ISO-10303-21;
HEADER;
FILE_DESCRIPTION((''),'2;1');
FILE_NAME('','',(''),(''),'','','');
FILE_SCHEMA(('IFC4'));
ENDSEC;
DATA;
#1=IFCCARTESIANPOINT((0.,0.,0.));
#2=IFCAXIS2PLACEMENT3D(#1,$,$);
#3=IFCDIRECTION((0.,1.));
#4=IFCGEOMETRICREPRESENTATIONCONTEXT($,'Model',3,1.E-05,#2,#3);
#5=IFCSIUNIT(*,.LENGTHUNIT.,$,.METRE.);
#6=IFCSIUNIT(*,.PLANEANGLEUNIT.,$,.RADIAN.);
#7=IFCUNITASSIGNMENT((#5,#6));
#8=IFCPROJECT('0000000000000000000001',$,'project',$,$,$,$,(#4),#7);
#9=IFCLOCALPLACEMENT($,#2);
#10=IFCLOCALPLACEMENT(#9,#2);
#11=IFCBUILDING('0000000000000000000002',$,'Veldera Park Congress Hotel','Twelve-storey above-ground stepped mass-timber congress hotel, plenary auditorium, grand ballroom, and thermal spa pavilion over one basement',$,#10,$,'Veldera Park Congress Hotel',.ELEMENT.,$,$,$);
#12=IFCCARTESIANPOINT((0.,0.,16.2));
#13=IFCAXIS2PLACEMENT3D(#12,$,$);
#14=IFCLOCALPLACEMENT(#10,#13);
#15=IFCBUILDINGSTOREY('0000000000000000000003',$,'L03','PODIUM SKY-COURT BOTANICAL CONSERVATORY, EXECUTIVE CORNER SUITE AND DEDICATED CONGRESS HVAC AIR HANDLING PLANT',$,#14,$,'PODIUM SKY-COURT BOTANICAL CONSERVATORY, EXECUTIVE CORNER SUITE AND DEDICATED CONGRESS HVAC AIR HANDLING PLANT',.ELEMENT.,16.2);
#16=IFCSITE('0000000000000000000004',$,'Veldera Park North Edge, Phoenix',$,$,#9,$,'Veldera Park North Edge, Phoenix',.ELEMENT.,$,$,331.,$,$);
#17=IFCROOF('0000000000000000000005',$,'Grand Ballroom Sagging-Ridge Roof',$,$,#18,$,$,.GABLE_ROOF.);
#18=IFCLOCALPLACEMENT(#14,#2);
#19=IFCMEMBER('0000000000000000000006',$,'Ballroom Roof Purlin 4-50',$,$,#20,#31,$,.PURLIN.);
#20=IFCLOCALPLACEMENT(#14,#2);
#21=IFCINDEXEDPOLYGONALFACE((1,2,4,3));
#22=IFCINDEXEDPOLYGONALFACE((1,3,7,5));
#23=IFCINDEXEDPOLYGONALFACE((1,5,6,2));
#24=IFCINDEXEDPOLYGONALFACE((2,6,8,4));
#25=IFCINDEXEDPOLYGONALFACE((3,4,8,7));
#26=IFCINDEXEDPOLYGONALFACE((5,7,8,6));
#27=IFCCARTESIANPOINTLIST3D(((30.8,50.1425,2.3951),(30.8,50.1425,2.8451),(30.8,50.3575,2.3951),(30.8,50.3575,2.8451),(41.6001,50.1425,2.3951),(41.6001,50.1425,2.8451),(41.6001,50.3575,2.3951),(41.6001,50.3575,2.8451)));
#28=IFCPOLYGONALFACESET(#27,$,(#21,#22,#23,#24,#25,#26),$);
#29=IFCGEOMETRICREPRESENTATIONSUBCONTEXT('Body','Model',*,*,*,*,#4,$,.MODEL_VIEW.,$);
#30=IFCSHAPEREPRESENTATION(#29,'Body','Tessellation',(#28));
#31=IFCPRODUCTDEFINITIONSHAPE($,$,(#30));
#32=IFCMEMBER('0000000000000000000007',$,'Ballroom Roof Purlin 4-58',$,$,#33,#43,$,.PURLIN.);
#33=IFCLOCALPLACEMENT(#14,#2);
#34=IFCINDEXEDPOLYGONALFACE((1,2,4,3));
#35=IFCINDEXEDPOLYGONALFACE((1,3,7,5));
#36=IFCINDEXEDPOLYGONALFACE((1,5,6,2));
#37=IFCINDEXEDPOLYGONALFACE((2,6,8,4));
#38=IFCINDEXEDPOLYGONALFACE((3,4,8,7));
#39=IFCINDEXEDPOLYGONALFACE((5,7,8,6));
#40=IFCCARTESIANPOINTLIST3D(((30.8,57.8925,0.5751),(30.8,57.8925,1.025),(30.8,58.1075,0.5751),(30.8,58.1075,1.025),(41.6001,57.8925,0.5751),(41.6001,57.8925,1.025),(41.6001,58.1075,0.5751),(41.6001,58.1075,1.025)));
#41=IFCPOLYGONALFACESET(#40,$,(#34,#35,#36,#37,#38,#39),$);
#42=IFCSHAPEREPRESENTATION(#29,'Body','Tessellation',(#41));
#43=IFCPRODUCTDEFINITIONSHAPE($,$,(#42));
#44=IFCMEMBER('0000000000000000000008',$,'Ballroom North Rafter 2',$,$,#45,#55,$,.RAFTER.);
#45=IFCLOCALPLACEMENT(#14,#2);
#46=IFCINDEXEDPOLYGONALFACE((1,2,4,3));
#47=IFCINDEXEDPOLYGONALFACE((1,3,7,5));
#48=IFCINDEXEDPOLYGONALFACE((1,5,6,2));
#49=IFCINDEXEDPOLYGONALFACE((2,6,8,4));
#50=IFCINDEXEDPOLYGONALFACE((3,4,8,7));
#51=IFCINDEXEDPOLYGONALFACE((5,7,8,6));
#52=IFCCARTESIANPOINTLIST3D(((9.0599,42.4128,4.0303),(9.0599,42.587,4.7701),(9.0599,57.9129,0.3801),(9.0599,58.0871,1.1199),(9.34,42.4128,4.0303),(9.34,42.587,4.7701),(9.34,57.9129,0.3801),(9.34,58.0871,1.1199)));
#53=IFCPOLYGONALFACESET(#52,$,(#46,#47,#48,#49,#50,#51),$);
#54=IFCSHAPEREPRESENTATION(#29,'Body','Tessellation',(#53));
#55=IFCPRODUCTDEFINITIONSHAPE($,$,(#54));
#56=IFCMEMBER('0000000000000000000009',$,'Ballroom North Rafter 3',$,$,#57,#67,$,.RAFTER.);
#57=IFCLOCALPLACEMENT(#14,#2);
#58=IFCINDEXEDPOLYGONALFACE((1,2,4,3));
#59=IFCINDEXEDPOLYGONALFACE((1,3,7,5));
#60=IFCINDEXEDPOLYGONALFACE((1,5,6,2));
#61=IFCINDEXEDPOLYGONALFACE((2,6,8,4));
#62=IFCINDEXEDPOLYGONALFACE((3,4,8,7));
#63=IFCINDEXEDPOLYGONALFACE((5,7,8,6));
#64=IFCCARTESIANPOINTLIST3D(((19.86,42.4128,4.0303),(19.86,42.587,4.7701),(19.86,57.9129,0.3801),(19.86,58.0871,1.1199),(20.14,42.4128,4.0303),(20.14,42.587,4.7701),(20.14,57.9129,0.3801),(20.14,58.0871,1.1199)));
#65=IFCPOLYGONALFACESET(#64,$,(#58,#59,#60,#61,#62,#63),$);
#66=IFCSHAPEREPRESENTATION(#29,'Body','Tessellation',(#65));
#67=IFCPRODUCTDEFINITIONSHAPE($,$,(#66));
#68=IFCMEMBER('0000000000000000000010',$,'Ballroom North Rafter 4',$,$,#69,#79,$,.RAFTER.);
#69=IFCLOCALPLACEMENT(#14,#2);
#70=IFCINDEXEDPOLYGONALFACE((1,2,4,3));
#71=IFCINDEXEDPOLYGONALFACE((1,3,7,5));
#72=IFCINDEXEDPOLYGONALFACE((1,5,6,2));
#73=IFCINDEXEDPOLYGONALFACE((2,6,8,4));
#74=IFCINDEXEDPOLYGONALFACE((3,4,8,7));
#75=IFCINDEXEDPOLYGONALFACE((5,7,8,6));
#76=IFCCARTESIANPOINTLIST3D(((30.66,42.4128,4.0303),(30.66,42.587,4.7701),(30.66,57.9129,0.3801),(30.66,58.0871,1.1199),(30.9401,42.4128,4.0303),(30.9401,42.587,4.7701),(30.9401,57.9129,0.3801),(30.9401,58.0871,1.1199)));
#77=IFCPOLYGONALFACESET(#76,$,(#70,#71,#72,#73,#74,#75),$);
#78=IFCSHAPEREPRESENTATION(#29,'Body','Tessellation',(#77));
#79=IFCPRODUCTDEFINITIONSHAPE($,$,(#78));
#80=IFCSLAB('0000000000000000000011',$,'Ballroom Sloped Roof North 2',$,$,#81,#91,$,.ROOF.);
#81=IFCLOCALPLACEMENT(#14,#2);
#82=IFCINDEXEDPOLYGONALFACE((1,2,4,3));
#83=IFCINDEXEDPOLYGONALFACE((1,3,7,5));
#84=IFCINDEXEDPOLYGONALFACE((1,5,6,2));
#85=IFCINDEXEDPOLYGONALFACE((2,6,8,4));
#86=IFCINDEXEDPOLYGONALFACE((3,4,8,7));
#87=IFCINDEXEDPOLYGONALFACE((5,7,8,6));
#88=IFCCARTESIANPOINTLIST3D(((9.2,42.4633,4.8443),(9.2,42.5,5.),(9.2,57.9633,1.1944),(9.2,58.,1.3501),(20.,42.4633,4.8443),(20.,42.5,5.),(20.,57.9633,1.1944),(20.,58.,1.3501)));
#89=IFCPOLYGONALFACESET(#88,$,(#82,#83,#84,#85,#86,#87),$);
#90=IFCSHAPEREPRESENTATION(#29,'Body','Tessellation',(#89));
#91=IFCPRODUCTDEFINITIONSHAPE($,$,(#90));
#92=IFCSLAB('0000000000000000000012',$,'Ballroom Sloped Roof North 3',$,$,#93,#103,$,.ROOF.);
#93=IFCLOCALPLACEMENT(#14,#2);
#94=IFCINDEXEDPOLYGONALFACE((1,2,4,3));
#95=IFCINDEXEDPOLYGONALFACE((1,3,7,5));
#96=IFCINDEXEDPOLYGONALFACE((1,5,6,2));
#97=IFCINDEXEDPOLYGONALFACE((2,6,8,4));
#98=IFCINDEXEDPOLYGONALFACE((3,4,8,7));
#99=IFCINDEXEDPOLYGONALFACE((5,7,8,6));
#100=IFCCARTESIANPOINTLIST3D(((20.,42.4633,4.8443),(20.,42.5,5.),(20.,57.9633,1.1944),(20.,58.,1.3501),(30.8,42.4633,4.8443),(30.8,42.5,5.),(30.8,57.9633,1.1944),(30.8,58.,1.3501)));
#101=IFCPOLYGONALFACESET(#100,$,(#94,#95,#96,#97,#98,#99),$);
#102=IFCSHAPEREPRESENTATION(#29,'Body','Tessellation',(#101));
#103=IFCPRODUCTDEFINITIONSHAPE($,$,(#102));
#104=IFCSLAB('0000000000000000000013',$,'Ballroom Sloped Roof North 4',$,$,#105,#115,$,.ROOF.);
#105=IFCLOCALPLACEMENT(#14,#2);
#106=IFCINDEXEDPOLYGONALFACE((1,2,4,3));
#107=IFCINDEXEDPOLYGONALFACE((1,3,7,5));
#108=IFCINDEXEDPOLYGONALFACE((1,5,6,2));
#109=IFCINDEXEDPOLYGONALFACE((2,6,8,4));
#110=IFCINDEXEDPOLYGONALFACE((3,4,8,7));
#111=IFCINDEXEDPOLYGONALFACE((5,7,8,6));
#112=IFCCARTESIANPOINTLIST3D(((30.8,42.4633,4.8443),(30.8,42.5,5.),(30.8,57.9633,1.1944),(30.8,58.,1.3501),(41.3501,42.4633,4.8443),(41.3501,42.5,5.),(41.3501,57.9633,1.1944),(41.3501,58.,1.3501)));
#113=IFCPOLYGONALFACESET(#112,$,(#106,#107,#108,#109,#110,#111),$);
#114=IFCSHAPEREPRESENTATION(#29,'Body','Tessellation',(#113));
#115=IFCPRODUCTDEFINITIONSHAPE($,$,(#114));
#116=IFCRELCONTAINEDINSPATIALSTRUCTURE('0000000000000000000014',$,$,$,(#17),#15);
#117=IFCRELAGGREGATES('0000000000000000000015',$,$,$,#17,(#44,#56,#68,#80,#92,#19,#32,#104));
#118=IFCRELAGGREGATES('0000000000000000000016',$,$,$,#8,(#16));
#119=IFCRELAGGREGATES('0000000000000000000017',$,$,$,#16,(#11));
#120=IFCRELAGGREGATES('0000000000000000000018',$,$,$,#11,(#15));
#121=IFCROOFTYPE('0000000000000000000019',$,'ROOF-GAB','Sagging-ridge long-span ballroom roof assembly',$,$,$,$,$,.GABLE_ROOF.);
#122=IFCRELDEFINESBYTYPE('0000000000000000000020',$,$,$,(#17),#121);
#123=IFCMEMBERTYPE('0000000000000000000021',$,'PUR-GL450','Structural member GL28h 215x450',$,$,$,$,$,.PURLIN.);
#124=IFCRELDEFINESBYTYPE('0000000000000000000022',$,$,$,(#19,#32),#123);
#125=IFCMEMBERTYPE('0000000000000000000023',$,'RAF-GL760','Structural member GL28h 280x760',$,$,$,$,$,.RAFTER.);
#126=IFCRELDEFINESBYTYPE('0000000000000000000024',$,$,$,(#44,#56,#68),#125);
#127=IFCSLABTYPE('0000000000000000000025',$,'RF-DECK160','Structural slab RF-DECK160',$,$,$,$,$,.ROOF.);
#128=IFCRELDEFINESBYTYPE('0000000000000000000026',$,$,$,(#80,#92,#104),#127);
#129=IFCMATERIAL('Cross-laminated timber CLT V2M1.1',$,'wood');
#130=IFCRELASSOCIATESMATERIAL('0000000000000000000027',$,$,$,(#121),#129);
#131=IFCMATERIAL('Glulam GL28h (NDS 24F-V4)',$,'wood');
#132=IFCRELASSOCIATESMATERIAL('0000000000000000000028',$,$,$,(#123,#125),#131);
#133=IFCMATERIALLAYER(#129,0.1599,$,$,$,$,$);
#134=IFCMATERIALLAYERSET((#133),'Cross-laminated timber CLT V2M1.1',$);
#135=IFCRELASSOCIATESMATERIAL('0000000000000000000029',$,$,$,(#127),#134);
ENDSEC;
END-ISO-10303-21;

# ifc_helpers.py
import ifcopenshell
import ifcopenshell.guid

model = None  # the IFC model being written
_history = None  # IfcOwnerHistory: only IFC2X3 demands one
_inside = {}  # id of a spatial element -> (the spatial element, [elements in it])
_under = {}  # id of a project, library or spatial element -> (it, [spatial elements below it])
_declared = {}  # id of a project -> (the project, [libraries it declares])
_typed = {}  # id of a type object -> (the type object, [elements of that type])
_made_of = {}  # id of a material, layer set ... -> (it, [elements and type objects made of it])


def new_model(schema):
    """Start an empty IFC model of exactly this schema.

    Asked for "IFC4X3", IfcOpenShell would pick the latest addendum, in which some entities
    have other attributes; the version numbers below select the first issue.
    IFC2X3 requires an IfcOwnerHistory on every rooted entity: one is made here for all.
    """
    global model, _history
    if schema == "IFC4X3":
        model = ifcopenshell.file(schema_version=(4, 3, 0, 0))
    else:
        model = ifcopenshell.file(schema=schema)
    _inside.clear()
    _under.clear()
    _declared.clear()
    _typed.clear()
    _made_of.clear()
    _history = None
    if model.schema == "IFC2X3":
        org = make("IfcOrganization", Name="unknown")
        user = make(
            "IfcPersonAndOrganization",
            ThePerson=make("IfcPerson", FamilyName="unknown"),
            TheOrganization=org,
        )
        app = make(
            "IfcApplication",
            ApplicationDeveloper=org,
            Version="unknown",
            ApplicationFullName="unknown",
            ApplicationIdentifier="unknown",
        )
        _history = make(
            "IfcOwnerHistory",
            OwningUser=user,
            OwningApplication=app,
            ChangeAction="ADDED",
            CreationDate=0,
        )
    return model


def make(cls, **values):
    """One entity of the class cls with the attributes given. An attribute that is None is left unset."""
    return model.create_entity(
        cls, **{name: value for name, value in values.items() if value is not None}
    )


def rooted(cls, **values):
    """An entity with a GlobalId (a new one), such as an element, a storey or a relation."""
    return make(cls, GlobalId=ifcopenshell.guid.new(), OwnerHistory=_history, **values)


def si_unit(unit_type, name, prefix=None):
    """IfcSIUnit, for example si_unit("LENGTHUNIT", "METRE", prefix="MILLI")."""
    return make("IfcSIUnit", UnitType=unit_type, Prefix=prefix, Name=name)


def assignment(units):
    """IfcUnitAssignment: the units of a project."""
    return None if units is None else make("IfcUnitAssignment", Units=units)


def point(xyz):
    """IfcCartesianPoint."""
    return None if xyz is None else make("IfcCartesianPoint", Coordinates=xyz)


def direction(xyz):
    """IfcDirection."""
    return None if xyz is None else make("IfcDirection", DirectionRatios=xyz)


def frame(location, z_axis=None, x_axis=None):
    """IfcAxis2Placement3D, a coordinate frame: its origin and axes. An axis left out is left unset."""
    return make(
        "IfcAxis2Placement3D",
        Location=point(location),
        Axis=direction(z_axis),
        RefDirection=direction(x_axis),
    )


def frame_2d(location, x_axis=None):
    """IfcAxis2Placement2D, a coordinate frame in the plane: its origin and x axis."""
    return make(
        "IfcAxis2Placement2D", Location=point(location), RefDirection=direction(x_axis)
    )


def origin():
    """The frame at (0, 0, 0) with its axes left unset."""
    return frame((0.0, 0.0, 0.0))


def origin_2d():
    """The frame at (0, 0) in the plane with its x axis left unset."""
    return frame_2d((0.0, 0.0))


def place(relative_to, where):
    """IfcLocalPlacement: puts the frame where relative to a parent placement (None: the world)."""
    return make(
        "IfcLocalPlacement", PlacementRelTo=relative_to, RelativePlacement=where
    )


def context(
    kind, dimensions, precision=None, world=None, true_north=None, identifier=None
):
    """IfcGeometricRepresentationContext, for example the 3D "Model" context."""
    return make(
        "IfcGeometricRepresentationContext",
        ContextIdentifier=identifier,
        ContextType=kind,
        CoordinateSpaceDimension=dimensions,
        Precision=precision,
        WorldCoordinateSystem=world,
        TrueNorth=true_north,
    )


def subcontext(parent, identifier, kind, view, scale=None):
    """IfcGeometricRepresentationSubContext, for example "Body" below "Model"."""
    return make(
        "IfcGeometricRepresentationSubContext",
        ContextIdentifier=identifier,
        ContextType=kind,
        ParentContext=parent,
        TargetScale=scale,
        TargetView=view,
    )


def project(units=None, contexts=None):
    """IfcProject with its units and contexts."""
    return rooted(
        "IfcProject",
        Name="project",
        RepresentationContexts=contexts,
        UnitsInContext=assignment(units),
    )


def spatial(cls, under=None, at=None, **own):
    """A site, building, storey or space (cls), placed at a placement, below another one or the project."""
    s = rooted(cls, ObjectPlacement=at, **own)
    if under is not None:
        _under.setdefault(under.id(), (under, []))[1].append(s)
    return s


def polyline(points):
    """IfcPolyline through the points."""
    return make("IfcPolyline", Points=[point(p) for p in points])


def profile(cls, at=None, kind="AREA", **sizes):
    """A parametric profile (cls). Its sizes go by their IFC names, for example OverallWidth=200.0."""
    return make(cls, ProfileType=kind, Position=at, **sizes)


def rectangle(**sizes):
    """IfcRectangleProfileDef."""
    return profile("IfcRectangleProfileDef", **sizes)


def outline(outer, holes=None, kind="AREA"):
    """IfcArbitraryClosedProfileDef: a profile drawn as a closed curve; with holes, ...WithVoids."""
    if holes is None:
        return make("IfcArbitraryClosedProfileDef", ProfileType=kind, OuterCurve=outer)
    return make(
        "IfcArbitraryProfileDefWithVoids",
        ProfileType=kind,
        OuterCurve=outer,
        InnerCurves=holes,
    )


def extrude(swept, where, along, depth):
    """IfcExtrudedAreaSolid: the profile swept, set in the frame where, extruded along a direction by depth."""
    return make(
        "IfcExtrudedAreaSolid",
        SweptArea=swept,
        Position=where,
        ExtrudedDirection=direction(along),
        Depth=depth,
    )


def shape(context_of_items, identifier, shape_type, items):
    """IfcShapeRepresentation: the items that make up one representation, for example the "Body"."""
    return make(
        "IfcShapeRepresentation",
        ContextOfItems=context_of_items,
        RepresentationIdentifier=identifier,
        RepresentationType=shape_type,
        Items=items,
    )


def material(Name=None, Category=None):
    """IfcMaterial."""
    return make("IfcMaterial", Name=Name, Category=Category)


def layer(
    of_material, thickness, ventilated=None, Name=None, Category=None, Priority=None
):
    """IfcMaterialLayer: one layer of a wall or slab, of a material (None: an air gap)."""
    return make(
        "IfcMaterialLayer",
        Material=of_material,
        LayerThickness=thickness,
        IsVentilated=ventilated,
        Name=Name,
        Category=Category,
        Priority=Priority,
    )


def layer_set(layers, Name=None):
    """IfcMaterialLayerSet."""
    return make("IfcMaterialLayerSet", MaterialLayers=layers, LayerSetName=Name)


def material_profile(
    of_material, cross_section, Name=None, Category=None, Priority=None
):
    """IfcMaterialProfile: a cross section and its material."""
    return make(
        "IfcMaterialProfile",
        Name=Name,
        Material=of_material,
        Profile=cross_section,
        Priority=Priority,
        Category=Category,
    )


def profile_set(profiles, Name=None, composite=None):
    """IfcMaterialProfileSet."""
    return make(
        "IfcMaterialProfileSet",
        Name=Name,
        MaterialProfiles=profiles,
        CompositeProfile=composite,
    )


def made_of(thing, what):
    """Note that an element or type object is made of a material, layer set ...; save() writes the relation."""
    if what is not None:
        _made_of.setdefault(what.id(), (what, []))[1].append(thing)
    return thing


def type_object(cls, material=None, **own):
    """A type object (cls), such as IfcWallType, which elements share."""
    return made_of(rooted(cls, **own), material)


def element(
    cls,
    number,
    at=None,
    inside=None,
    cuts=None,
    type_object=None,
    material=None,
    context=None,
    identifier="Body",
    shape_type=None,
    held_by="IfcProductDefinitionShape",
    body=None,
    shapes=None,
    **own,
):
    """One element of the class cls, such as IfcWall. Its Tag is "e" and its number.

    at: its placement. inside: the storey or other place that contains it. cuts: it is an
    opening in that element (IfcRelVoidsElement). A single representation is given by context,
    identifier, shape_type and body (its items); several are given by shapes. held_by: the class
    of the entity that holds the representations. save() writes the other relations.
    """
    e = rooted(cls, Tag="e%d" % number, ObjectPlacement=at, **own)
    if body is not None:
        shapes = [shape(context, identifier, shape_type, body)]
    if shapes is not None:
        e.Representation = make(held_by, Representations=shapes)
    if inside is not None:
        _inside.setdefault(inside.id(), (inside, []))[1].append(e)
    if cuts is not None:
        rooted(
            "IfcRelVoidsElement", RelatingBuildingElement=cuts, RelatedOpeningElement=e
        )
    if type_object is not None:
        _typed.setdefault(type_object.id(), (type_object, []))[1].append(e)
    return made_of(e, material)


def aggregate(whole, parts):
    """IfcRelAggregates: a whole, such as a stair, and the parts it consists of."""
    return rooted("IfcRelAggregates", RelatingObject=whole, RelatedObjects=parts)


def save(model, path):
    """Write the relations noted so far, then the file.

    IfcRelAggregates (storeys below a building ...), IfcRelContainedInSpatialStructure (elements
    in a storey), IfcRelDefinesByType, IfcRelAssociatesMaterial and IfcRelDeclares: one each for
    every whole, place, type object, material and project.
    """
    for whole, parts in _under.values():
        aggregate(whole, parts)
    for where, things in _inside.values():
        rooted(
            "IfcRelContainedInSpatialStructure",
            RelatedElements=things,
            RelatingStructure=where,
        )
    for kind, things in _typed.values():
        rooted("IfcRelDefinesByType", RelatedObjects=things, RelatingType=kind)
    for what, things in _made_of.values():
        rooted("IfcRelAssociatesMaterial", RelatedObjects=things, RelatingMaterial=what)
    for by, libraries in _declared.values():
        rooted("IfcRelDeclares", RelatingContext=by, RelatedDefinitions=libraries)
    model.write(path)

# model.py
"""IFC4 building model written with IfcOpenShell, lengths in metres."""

from ifc_helpers import new_model, si_unit, direction, frame, origin, origin_2d, place, context, subcontext, project, spatial, polyline, rectangle, outline, extrude, material, layer, layer_set, material_profile, profile_set, type_object, element, aggregate, save


model = new_model("IFC4")

# Units and contexts
model_context = context("Model", 3, precision=1e-05, world=origin(), true_north=direction((0.0, 1.0)))
body_context = subcontext(model_context, "Body", "Model", "MODEL_VIEW")
ifc_project = project(units=[si_unit("LENGTHUNIT", "METRE"), si_unit("PLANEANGLEUNIT", "RADIAN")], contexts=[model_context])

# Site, building, storey
site_placement = place(None, origin())
site = spatial("IfcSite", under=ifc_project, at=site_placement, Name="Veldera Park North Edge, Phoenix", LongName="Veldera Park North Edge, Phoenix", CompositionType="ELEMENT", RefElevation=331.0)
building_placement = place(site_placement, origin())
building = spatial("IfcBuilding", under=site, at=building_placement, Name="Veldera Park Congress Hotel", Description="Twelve-storey above-ground stepped mass-timber congress hotel, plenary auditorium, grand ballroom, and thermal spa pavilion over one basement", LongName="Veldera Park Congress Hotel", CompositionType="ELEMENT")
storey_placement = place(building_placement, frame((0.0, 0.0, 16.2)))
storey = spatial("IfcBuildingStorey", under=building, at=storey_placement, Name="L03", Description="PODIUM SKY-COURT BOTANICAL CONSERVATORY, EXECUTIVE CORNER SUITE AND DEDICATED CONGRESS HVAC AIR HANDLING PLANT", LongName="PODIUM SKY-COURT BOTANICAL CONSERVATORY, EXECUTIVE CORNER SUITE AND DEDICATED CONGRESS HVAC AIR HANDLING PLANT", CompositionType="ELEMENT", Elevation=16.2)

# Shared definitions
ifc_material_1 = material(Name="Glulam GL28h (NDS 24F-V4)", Category="wood")

# Roof, members, slabs
ifc_material_2 = material(Name="Cross-laminated timber CLT V2M1.1", Category="wood")
roof_type = type_object("IfcRoofType", Name="ROOF-GAB", Description="Sagging-ridge long-span ballroom roof assembly", PredefinedType="GABLE_ROOF", material=ifc_material_2)
roof_placement = place(storey_placement, origin())
roof = element("IfcRoof", 1, at=roof_placement, inside=storey, type_object=roof_type, Name="Grand Ballroom Sagging-Ridge Roof", PredefinedType="GABLE_ROOF")
ifc_material_profile_1 = material_profile(ifc_material_1, rectangle(XDim=0.2151, YDim=0.45, at=origin_2d()), Name="GL28h 215x450")
ifc_profile_set_1 = profile_set([ifc_material_profile_1], Name="Glulam GL28h (NDS 24F-V4)")
member_type_1 = type_object("IfcMemberType", Name="PUR-GL450", Description="Structural member GL28h 215x450", PredefinedType="PURLIN", material=ifc_profile_set_1)
member_1_placement = place(storey_placement, frame((30.8, 50.25, 2.6201), z_axis=(1.0, 0.0, 0.0), x_axis=(0.0, 1.0, 0.0)))
member_1 = element("IfcMember", 2, at=member_1_placement, type_object=member_type_1, Name="Ballroom Roof Purlin 4-50", PredefinedType="PURLIN", context=body_context, shape_type="SweptSolid", body=[
    extrude(rectangle(XDim=0.2151, YDim=0.45, at=origin_2d()), origin(), (0.0, 0.0, 1.0), 10.8),
])
member_2_placement = place(storey_placement, frame((30.8, 58.0, 0.8), z_axis=(1.0, 0.0, 0.0), x_axis=(0.0, 1.0, 0.0)))
member_2 = element("IfcMember", 3, at=member_2_placement, type_object=member_type_1, Name="Ballroom Roof Purlin 4-58", PredefinedType="PURLIN", context=body_context, shape_type="SweptSolid", body=[
    extrude(rectangle(XDim=0.2151, YDim=0.45, at=origin_2d()), origin(), (0.0, 0.0, 1.0), 10.8),
])
ifc_material_profile_2 = material_profile(ifc_material_1, rectangle(XDim=0.28, YDim=0.76, at=origin_2d()), Name="GL28h 280x760")
ifc_profile_set_2 = profile_set([ifc_material_profile_2], Name="Glulam GL28h (NDS 24F-V4)")
member_type_2 = type_object("IfcMemberType", Name="RAF-GL760", Description="Structural member GL28h 280x760", PredefinedType="RAFTER", material=ifc_profile_set_2)
member_3_placement = place(storey_placement, frame((9.2, 58.0, 0.75), z_axis=(0.0, -0.973374, 0.229223), x_axis=(1.0, 0.0, 0.0)))
member_3 = element("IfcMember", 4, at=member_3_placement, type_object=member_type_2, Name="Ballroom North Rafter 2", PredefinedType="RAFTER", context=body_context, shape_type="SweptSolid", body=[
    extrude(rectangle(XDim=0.28, YDim=0.76, at=origin_2d()), origin(), (0.0, 0.0, 1.0), 15.9241),
])
member_4_placement = place(storey_placement, frame((20.0, 58.0, 0.75), z_axis=(0.0, -0.973374, 0.229223), x_axis=(1.0, 0.0, 0.0)))
member_4 = element("IfcMember", 5, at=member_4_placement, type_object=member_type_2, Name="Ballroom North Rafter 3", PredefinedType="RAFTER", context=body_context, shape_type="SweptSolid", body=[
    extrude(rectangle(XDim=0.28, YDim=0.76, at=origin_2d()), origin(), (0.0, 0.0, 1.0), 15.9241),
])
member_5_placement = place(storey_placement, frame((30.8, 58.0, 0.75), z_axis=(0.0, -0.973374, 0.229223), x_axis=(1.0, 0.0, 0.0)))
member_5 = element("IfcMember", 6, at=member_5_placement, type_object=member_type_2, Name="Ballroom North Rafter 4", PredefinedType="RAFTER", context=body_context, shape_type="SweptSolid", body=[
    extrude(rectangle(XDim=0.28, YDim=0.76, at=origin_2d()), origin(), (0.0, 0.0, 1.0), 15.9241),
])
ifc_layer = layer(ifc_material_2, 0.1599)
ifc_layer_set = layer_set([ifc_layer], Name="Cross-laminated timber CLT V2M1.1")
slab_type = type_object("IfcSlabType", Name="RF-DECK160", Description="Structural slab RF-DECK160", PredefinedType="ROOF", material=ifc_layer_set)
slab_1_placement = place(storey_placement, frame((9.2, 42.5, 5.0), z_axis=(0.0, 0.229209, 0.973377), x_axis=(1.0, 0.0, 0.0)))
slab_1 = element("IfcSlab", 7, at=slab_1_placement, type_object=slab_type, Name="Ballroom Sloped Roof North 2", PredefinedType="ROOF", context=body_context, shape_type="SweptSolid", body=[
    extrude(outline(polyline([(0.0, 0.0), (10.8, 0.0), (10.8, 15.9239), (0.0, 15.9239), (0.0, 0.0)])), origin(), (0.0, 0.0, -1.0), 0.1599),
])
slab_2_placement = place(storey_placement, frame((20.0, 42.5, 5.0), z_axis=(0.0, 0.229209, 0.973377), x_axis=(1.0, 0.0, 0.0)))
slab_2 = element("IfcSlab", 8, at=slab_2_placement, type_object=slab_type, Name="Ballroom Sloped Roof North 3", PredefinedType="ROOF", context=body_context, shape_type="SweptSolid", body=[
    extrude(outline(polyline([(0.0, 0.0), (10.8, 0.0), (10.8, 15.9239), (0.0, 15.9239), (0.0, 0.0)])), origin(), (0.0, 0.0, -1.0), 0.1599),
])
slab_3_placement = place(storey_placement, frame((30.8, 42.5, 5.0), z_axis=(0.0, 0.229209, 0.973377), x_axis=(1.0, 0.0, 0.0)))
slab_3 = element("IfcSlab", 9, at=slab_3_placement, type_object=slab_type, Name="Ballroom Sloped Roof North 4", PredefinedType="ROOF", context=body_context, shape_type="SweptSolid", body=[
    extrude(outline(polyline([(0.0, 0.0), (10.55, 0.0), (10.55, 15.9239), (0.0, 15.9239), (0.0, 0.0)])), origin(), (0.0, 0.0, -1.0), 0.1599),
])
aggregate(roof, [member_3, member_4, member_5, slab_1, slab_2, member_1, member_2, slab_3])

save(model, "model.ifc")
